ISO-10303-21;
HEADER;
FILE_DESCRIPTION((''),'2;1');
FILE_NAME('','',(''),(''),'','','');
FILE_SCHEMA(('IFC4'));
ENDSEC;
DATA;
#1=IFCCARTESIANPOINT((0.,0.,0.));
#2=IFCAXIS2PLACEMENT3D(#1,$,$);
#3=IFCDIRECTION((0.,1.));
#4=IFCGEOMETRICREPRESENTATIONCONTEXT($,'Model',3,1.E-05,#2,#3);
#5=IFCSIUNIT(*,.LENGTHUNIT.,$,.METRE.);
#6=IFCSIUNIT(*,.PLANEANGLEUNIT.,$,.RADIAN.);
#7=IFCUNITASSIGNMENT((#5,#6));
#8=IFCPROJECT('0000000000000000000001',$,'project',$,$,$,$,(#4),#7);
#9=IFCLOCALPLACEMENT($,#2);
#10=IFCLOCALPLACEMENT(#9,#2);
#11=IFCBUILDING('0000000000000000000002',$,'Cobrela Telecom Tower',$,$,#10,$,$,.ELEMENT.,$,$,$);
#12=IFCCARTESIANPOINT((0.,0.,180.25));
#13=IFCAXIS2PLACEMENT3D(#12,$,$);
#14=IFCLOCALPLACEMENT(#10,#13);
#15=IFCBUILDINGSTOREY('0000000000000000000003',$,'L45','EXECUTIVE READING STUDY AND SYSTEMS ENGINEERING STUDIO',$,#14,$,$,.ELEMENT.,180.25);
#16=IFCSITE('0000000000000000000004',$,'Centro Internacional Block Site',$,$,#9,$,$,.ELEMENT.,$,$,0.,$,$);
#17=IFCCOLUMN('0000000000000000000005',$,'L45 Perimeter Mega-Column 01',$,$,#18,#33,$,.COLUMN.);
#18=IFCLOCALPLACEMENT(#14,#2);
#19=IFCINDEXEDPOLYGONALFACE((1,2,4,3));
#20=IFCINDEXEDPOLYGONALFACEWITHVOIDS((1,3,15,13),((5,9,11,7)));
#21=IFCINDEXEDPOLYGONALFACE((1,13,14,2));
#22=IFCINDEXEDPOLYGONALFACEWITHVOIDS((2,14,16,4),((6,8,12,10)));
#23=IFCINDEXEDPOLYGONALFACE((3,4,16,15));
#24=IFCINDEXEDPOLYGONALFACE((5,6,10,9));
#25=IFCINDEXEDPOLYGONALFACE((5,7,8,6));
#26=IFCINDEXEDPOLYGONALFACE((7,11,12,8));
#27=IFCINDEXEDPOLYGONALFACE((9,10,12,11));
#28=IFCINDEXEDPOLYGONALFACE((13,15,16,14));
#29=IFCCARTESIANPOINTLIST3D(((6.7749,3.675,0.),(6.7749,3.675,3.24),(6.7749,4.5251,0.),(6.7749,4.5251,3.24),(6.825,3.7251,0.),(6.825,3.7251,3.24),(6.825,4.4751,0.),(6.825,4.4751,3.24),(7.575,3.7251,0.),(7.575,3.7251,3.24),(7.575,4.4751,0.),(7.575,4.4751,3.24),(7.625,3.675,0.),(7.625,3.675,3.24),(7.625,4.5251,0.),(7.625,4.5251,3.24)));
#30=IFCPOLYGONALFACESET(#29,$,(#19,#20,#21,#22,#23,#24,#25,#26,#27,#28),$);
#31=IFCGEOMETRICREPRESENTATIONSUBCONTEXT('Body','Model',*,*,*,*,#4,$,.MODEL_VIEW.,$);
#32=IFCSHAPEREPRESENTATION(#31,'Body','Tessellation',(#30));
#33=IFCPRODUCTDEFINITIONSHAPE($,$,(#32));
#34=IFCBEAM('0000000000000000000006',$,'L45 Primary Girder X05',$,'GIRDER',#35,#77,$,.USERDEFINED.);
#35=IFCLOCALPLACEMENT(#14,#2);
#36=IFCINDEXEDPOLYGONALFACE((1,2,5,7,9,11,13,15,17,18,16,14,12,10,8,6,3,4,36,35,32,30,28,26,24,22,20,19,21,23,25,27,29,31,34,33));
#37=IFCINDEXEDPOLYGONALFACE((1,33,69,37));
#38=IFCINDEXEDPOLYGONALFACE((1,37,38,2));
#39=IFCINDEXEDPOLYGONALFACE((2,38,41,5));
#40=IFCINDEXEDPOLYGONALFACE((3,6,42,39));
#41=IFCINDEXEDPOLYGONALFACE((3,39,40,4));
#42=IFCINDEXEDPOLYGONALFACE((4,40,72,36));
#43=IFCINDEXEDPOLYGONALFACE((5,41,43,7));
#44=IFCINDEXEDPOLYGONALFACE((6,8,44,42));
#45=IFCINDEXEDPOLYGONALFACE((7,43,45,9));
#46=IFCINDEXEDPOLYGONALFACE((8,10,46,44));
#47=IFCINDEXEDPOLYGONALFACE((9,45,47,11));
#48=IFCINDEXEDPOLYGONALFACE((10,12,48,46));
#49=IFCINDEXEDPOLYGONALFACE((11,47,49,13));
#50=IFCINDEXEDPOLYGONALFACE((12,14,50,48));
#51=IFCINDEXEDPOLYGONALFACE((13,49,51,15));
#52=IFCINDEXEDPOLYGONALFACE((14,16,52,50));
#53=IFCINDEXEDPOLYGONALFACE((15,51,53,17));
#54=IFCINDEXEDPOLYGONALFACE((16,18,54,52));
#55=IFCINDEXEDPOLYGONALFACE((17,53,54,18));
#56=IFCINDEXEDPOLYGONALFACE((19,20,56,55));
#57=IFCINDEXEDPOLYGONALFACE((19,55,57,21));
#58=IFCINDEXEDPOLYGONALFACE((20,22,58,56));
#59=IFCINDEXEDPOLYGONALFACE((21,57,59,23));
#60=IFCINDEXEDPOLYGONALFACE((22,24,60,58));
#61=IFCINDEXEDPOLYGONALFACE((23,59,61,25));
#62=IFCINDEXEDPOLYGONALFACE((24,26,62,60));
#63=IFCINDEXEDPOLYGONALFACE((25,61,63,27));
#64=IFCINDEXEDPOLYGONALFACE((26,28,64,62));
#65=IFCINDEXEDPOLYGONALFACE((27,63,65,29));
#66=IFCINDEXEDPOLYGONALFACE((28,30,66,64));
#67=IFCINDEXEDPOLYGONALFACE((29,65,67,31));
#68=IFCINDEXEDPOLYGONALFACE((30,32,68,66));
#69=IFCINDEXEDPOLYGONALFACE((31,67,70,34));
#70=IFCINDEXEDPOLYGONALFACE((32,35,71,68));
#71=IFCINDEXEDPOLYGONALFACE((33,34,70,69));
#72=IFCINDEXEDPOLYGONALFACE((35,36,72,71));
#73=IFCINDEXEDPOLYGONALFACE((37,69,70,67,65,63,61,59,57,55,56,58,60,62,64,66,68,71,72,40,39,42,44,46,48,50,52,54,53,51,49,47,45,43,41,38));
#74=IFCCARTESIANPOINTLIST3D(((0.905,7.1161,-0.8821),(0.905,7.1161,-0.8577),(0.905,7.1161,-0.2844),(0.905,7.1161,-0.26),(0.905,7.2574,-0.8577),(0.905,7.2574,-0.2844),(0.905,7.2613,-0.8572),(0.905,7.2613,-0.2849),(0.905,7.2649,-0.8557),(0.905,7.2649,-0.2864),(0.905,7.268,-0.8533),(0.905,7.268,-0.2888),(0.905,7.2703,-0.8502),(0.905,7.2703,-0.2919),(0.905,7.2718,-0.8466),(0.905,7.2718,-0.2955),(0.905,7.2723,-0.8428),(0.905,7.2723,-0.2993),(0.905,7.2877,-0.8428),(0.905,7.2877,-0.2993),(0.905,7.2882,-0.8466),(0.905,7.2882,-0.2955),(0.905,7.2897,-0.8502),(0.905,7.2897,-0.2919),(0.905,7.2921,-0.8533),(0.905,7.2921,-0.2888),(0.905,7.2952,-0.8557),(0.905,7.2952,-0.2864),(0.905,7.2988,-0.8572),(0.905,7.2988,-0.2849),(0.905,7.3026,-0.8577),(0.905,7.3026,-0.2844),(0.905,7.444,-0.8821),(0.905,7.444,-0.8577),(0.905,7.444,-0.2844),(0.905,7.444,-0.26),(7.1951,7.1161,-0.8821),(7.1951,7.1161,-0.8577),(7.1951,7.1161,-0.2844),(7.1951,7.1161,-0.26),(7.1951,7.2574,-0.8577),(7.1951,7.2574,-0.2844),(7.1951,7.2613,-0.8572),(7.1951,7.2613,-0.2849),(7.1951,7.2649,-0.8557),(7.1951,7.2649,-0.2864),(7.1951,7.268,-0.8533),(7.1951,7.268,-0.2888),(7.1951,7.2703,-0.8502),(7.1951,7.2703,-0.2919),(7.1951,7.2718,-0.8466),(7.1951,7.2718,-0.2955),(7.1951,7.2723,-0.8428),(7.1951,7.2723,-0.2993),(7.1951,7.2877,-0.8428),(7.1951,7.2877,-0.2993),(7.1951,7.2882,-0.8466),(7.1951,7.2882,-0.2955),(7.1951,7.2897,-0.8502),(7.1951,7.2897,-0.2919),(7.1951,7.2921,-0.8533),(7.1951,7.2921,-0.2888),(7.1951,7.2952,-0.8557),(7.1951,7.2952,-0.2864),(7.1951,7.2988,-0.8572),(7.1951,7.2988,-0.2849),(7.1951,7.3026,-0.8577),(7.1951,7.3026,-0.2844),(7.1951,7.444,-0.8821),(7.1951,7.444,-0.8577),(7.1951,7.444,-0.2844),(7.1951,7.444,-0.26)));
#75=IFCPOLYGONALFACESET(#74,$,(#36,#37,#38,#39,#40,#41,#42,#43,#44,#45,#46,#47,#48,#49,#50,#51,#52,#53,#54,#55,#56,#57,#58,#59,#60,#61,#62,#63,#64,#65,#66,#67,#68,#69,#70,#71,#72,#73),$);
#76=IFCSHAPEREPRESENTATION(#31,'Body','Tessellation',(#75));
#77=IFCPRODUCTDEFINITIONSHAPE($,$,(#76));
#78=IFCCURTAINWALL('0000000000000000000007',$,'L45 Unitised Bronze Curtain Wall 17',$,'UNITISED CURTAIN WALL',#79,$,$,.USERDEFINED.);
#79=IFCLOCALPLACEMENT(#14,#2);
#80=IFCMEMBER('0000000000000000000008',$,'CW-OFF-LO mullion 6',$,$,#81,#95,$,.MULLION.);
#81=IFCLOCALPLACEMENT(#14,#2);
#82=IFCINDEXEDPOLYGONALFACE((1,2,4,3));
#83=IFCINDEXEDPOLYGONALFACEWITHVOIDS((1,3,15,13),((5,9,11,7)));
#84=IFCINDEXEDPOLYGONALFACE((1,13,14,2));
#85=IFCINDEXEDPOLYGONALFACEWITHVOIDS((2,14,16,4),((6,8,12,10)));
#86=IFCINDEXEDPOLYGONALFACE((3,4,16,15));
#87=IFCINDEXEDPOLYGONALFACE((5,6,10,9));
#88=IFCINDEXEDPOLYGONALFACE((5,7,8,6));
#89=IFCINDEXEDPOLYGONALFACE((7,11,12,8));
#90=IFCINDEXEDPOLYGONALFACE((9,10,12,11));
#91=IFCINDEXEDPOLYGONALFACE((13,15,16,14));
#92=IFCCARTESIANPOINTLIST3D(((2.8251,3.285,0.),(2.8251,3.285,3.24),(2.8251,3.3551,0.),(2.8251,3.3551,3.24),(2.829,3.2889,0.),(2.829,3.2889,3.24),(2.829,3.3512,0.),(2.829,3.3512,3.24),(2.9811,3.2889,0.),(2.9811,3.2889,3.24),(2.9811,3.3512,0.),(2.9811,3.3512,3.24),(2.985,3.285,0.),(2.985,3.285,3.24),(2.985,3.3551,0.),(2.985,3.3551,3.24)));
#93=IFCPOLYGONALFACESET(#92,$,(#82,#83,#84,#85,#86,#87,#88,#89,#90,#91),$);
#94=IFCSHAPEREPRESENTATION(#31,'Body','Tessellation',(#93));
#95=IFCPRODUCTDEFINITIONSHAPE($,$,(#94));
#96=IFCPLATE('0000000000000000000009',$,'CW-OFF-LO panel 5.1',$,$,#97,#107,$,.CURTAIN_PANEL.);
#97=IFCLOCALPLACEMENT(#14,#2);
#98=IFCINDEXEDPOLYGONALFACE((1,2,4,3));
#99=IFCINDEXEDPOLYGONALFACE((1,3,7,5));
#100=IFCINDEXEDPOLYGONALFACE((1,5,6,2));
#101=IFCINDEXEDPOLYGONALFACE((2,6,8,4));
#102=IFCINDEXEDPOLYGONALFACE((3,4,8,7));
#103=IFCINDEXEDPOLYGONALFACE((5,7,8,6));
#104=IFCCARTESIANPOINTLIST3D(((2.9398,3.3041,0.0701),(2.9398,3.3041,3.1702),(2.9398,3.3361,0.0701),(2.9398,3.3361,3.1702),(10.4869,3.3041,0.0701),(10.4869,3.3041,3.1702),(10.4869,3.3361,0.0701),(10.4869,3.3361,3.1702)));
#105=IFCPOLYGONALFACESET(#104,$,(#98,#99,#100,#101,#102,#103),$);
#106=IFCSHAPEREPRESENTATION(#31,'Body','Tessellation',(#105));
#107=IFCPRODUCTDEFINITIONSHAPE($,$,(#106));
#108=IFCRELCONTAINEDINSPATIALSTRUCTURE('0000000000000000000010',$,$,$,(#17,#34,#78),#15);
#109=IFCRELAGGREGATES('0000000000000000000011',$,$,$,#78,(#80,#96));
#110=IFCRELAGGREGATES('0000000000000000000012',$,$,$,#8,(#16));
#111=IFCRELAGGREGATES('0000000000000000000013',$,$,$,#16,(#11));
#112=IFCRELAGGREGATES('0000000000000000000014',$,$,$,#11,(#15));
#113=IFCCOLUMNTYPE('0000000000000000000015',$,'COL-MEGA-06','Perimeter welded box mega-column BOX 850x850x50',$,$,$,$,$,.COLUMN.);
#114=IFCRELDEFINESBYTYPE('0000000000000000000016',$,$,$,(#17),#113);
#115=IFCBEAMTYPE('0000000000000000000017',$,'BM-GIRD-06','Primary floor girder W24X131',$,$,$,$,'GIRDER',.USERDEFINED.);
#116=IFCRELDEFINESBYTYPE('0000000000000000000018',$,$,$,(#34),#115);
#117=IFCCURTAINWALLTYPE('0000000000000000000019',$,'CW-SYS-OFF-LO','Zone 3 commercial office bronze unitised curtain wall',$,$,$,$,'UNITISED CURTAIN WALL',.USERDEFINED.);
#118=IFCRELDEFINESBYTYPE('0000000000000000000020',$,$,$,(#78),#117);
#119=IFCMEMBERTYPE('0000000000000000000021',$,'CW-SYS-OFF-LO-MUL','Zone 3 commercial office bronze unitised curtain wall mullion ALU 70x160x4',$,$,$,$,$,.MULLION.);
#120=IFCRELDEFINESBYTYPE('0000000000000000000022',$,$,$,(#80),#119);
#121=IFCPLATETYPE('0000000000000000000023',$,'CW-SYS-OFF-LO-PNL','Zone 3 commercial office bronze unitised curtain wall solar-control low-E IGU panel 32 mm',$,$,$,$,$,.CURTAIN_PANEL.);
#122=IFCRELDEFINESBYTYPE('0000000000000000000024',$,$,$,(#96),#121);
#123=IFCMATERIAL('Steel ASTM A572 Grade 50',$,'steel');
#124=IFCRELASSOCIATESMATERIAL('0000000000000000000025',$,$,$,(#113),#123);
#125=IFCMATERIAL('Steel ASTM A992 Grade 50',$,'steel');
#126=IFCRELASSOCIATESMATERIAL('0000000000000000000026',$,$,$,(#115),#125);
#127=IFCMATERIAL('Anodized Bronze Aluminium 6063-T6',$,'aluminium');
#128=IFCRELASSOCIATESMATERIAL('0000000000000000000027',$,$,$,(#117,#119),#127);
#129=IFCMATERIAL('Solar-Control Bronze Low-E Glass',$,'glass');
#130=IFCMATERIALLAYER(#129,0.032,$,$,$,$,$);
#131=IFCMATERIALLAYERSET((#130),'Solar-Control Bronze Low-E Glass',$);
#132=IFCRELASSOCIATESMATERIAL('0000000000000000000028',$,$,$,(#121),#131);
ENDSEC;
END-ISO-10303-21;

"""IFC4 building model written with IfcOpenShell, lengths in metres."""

from ifc_helpers import new_model, si_unit, direction, frame, origin, origin_2d, place, context, subcontext, project, spatial, rectangle, hollow_rectangle, i_section, extrude, material, layer, layer_set, material_profile, profile_set, type_object, element, aggregate, save


model = new_model("IFC4")

# Units and contexts
model_context = context("Model", 3, precision=1e-05, world=origin(), true_north=direction((0.0, 1.0)))
body_context = subcontext(model_context, "Body", "Model", "MODEL_VIEW")
ifc_project = project(units=[si_unit("LENGTHUNIT", "METRE"), si_unit("PLANEANGLEUNIT", "RADIAN")], contexts=[model_context])

# Site, building, storey
site_placement = place(None, origin())
site = spatial("IfcSite", under=ifc_project, at=site_placement, Name="Centro Internacional Block Site", CompositionType="ELEMENT", RefElevation=0.0)
building_placement = place(site_placement, origin())
building = spatial("IfcBuilding", under=site, at=building_placement, Name="Cobrela Telecom Tower", CompositionType="ELEMENT")
storey_placement = place(building_placement, frame((0.0, 0.0, 180.25)))
storey = spatial("IfcBuildingStorey", under=building, at=storey_placement, Name="L45", Description="EXECUTIVE READING STUDY AND SYSTEMS ENGINEERING STUDIO", CompositionType="ELEMENT", Elevation=180.25)

# Column
ifc_material_1 = material(Name="Steel ASTM A572 Grade 50", Category="steel")
ifc_material_profile_1 = material_profile(ifc_material_1, hollow_rectangle(XDim=0.8501, YDim=0.8501, WallThickness=0.05, at=origin_2d()), Name="BOX 850x850x50")
ifc_profile_set_1 = profile_set([ifc_material_profile_1], Name="Steel ASTM A572 Grade 50")
column_type = type_object("IfcColumnType", Name="COL-MEGA-06", Description="Perimeter welded box mega-column BOX 850x850x50", PredefinedType="COLUMN", material=ifc_profile_set_1)
column_placement = place(storey_placement, frame((7.2, 4.1001, 0.0), z_axis=(0.0, 0.0, 1.0), x_axis=(1.0, 0.0, 0.0)))
element("IfcColumn", 1, at=column_placement, inside=storey, type_object=column_type, Name="L45 Perimeter Mega-Column 01", PredefinedType="COLUMN", context=body_context, shape_type="SweptSolid", body=[
    extrude(hollow_rectangle(XDim=0.8501, YDim=0.8501, WallThickness=0.05, at=origin_2d()), origin(), (0.0, 0.0, 1.0), 3.24),
])

# Beam
ifc_material_2 = material(Name="Steel ASTM A992 Grade 50", Category="steel")
ifc_material_profile_2 = material_profile(ifc_material_2, i_section(OverallWidth=0.3279, OverallDepth=0.6221, WebThickness=0.0154, FlangeThickness=0.0244, FilletRadius=0.0149, at=origin_2d()), Name="W24X131")
ifc_profile_set_2 = profile_set([ifc_material_profile_2], Name="Steel ASTM A992 Grade 50")
beam_type = type_object("IfcBeamType", Name="BM-GIRD-06", Description="Primary floor girder W24X131", ElementType="GIRDER", PredefinedType="USERDEFINED", material=ifc_profile_set_2)
beam_placement = place(storey_placement, frame((0.905, 7.28, -0.571), z_axis=(1.0, 0.0, 0.0), x_axis=(0.0, 1.0, 0.0)))
element("IfcBeam", 2, at=beam_placement, inside=storey, type_object=beam_type, Name="L45 Primary Girder X05", ObjectType="GIRDER", PredefinedType="USERDEFINED", context=body_context, shape_type="SweptSolid", body=[
    extrude(i_section(OverallWidth=0.3279, OverallDepth=0.6221, WebThickness=0.0154, FlangeThickness=0.0244, FilletRadius=0.0149, at=origin_2d()), origin(), (0.0, 0.0, 1.0), 6.29),
])

# Curtain wall, member, plate
ifc_material_3 = material(Name="Anodized Bronze Aluminium 6063-T6", Category="aluminium")
curtain_wall_type = type_object("IfcCurtainWallType", Name="CW-SYS-OFF-LO", Description="Zone 3 commercial office bronze unitised curtain wall", ElementType="UNITISED CURTAIN WALL", PredefinedType="USERDEFINED", material=ifc_material_3)
curtain_wall_placement = place(storey_placement, origin())
curtain_wall = element("IfcCurtainWall", 3, at=curtain_wall_placement, inside=storey, type_object=curtain_wall_type, Name="L45 Unitised Bronze Curtain Wall 17", ObjectType="UNITISED CURTAIN WALL", PredefinedType="USERDEFINED")
ifc_material_profile_3 = material_profile(ifc_material_3, hollow_rectangle(XDim=0.0701, YDim=0.1599, WallThickness=0.0039, at=origin_2d()), Name="ALU 70x160x4")
ifc_profile_set_3 = profile_set([ifc_material_profile_3], Name="Anodized Bronze Aluminium 6063-T6")
member_type = type_object("IfcMemberType", Name="CW-SYS-OFF-LO-MUL", Description="Zone 3 commercial office bronze unitised curtain wall mullion ALU 70x160x4", PredefinedType="MULLION", material=ifc_profile_set_3)
member_placement = place(storey_placement, frame((2.905, 3.3201, 0.0), z_axis=(0.0, 0.0, 1.0), x_axis=(0.0, -1.0, 0.0)))
member = element("IfcMember", 4, at=member_placement, type_object=member_type, Name="CW-OFF-LO mullion 6", PredefinedType="MULLION", context=body_context, shape_type="SweptSolid", body=[
    extrude(hollow_rectangle(XDim=0.0701, YDim=0.1599, WallThickness=0.0039, at=origin_2d()), origin(), (0.0, 0.0, 1.0), 3.24),
])
ifc_material_4 = material(Name="Solar-Control Bronze Low-E Glass", Category="glass")
ifc_layer_1 = layer(ifc_material_4, 0.032)
ifc_layer_set_1 = layer_set([ifc_layer_1], Name="Solar-Control Bronze Low-E Glass")
plate_type = type_object("IfcPlateType", Name="CW-SYS-OFF-LO-PNL", Description="Zone 3 commercial office bronze unitised curtain wall solar-control low-E IGU panel 32 mm", PredefinedType="CURTAIN_PANEL", material=ifc_layer_set_1)
plate_placement = place(storey_placement, frame((6.7134, 3.3201, 0.0701), z_axis=(0.0, 0.0, 1.0), x_axis=(-1.0, 0.0, 0.0)))
plate = element("IfcPlate", 5, at=plate_placement, type_object=plate_type, Name="CW-OFF-LO panel 5.1", PredefinedType="CURTAIN_PANEL", context=body_context, shape_type="SweptSolid", body=[
    extrude(rectangle(XDim=7.5471, YDim=0.032, at=origin_2d()), origin(), (0.0, 0.0, 1.0), 3.1001),
])
aggregate(curtain_wall, [member, plate])

save(model, "model.ifc")
